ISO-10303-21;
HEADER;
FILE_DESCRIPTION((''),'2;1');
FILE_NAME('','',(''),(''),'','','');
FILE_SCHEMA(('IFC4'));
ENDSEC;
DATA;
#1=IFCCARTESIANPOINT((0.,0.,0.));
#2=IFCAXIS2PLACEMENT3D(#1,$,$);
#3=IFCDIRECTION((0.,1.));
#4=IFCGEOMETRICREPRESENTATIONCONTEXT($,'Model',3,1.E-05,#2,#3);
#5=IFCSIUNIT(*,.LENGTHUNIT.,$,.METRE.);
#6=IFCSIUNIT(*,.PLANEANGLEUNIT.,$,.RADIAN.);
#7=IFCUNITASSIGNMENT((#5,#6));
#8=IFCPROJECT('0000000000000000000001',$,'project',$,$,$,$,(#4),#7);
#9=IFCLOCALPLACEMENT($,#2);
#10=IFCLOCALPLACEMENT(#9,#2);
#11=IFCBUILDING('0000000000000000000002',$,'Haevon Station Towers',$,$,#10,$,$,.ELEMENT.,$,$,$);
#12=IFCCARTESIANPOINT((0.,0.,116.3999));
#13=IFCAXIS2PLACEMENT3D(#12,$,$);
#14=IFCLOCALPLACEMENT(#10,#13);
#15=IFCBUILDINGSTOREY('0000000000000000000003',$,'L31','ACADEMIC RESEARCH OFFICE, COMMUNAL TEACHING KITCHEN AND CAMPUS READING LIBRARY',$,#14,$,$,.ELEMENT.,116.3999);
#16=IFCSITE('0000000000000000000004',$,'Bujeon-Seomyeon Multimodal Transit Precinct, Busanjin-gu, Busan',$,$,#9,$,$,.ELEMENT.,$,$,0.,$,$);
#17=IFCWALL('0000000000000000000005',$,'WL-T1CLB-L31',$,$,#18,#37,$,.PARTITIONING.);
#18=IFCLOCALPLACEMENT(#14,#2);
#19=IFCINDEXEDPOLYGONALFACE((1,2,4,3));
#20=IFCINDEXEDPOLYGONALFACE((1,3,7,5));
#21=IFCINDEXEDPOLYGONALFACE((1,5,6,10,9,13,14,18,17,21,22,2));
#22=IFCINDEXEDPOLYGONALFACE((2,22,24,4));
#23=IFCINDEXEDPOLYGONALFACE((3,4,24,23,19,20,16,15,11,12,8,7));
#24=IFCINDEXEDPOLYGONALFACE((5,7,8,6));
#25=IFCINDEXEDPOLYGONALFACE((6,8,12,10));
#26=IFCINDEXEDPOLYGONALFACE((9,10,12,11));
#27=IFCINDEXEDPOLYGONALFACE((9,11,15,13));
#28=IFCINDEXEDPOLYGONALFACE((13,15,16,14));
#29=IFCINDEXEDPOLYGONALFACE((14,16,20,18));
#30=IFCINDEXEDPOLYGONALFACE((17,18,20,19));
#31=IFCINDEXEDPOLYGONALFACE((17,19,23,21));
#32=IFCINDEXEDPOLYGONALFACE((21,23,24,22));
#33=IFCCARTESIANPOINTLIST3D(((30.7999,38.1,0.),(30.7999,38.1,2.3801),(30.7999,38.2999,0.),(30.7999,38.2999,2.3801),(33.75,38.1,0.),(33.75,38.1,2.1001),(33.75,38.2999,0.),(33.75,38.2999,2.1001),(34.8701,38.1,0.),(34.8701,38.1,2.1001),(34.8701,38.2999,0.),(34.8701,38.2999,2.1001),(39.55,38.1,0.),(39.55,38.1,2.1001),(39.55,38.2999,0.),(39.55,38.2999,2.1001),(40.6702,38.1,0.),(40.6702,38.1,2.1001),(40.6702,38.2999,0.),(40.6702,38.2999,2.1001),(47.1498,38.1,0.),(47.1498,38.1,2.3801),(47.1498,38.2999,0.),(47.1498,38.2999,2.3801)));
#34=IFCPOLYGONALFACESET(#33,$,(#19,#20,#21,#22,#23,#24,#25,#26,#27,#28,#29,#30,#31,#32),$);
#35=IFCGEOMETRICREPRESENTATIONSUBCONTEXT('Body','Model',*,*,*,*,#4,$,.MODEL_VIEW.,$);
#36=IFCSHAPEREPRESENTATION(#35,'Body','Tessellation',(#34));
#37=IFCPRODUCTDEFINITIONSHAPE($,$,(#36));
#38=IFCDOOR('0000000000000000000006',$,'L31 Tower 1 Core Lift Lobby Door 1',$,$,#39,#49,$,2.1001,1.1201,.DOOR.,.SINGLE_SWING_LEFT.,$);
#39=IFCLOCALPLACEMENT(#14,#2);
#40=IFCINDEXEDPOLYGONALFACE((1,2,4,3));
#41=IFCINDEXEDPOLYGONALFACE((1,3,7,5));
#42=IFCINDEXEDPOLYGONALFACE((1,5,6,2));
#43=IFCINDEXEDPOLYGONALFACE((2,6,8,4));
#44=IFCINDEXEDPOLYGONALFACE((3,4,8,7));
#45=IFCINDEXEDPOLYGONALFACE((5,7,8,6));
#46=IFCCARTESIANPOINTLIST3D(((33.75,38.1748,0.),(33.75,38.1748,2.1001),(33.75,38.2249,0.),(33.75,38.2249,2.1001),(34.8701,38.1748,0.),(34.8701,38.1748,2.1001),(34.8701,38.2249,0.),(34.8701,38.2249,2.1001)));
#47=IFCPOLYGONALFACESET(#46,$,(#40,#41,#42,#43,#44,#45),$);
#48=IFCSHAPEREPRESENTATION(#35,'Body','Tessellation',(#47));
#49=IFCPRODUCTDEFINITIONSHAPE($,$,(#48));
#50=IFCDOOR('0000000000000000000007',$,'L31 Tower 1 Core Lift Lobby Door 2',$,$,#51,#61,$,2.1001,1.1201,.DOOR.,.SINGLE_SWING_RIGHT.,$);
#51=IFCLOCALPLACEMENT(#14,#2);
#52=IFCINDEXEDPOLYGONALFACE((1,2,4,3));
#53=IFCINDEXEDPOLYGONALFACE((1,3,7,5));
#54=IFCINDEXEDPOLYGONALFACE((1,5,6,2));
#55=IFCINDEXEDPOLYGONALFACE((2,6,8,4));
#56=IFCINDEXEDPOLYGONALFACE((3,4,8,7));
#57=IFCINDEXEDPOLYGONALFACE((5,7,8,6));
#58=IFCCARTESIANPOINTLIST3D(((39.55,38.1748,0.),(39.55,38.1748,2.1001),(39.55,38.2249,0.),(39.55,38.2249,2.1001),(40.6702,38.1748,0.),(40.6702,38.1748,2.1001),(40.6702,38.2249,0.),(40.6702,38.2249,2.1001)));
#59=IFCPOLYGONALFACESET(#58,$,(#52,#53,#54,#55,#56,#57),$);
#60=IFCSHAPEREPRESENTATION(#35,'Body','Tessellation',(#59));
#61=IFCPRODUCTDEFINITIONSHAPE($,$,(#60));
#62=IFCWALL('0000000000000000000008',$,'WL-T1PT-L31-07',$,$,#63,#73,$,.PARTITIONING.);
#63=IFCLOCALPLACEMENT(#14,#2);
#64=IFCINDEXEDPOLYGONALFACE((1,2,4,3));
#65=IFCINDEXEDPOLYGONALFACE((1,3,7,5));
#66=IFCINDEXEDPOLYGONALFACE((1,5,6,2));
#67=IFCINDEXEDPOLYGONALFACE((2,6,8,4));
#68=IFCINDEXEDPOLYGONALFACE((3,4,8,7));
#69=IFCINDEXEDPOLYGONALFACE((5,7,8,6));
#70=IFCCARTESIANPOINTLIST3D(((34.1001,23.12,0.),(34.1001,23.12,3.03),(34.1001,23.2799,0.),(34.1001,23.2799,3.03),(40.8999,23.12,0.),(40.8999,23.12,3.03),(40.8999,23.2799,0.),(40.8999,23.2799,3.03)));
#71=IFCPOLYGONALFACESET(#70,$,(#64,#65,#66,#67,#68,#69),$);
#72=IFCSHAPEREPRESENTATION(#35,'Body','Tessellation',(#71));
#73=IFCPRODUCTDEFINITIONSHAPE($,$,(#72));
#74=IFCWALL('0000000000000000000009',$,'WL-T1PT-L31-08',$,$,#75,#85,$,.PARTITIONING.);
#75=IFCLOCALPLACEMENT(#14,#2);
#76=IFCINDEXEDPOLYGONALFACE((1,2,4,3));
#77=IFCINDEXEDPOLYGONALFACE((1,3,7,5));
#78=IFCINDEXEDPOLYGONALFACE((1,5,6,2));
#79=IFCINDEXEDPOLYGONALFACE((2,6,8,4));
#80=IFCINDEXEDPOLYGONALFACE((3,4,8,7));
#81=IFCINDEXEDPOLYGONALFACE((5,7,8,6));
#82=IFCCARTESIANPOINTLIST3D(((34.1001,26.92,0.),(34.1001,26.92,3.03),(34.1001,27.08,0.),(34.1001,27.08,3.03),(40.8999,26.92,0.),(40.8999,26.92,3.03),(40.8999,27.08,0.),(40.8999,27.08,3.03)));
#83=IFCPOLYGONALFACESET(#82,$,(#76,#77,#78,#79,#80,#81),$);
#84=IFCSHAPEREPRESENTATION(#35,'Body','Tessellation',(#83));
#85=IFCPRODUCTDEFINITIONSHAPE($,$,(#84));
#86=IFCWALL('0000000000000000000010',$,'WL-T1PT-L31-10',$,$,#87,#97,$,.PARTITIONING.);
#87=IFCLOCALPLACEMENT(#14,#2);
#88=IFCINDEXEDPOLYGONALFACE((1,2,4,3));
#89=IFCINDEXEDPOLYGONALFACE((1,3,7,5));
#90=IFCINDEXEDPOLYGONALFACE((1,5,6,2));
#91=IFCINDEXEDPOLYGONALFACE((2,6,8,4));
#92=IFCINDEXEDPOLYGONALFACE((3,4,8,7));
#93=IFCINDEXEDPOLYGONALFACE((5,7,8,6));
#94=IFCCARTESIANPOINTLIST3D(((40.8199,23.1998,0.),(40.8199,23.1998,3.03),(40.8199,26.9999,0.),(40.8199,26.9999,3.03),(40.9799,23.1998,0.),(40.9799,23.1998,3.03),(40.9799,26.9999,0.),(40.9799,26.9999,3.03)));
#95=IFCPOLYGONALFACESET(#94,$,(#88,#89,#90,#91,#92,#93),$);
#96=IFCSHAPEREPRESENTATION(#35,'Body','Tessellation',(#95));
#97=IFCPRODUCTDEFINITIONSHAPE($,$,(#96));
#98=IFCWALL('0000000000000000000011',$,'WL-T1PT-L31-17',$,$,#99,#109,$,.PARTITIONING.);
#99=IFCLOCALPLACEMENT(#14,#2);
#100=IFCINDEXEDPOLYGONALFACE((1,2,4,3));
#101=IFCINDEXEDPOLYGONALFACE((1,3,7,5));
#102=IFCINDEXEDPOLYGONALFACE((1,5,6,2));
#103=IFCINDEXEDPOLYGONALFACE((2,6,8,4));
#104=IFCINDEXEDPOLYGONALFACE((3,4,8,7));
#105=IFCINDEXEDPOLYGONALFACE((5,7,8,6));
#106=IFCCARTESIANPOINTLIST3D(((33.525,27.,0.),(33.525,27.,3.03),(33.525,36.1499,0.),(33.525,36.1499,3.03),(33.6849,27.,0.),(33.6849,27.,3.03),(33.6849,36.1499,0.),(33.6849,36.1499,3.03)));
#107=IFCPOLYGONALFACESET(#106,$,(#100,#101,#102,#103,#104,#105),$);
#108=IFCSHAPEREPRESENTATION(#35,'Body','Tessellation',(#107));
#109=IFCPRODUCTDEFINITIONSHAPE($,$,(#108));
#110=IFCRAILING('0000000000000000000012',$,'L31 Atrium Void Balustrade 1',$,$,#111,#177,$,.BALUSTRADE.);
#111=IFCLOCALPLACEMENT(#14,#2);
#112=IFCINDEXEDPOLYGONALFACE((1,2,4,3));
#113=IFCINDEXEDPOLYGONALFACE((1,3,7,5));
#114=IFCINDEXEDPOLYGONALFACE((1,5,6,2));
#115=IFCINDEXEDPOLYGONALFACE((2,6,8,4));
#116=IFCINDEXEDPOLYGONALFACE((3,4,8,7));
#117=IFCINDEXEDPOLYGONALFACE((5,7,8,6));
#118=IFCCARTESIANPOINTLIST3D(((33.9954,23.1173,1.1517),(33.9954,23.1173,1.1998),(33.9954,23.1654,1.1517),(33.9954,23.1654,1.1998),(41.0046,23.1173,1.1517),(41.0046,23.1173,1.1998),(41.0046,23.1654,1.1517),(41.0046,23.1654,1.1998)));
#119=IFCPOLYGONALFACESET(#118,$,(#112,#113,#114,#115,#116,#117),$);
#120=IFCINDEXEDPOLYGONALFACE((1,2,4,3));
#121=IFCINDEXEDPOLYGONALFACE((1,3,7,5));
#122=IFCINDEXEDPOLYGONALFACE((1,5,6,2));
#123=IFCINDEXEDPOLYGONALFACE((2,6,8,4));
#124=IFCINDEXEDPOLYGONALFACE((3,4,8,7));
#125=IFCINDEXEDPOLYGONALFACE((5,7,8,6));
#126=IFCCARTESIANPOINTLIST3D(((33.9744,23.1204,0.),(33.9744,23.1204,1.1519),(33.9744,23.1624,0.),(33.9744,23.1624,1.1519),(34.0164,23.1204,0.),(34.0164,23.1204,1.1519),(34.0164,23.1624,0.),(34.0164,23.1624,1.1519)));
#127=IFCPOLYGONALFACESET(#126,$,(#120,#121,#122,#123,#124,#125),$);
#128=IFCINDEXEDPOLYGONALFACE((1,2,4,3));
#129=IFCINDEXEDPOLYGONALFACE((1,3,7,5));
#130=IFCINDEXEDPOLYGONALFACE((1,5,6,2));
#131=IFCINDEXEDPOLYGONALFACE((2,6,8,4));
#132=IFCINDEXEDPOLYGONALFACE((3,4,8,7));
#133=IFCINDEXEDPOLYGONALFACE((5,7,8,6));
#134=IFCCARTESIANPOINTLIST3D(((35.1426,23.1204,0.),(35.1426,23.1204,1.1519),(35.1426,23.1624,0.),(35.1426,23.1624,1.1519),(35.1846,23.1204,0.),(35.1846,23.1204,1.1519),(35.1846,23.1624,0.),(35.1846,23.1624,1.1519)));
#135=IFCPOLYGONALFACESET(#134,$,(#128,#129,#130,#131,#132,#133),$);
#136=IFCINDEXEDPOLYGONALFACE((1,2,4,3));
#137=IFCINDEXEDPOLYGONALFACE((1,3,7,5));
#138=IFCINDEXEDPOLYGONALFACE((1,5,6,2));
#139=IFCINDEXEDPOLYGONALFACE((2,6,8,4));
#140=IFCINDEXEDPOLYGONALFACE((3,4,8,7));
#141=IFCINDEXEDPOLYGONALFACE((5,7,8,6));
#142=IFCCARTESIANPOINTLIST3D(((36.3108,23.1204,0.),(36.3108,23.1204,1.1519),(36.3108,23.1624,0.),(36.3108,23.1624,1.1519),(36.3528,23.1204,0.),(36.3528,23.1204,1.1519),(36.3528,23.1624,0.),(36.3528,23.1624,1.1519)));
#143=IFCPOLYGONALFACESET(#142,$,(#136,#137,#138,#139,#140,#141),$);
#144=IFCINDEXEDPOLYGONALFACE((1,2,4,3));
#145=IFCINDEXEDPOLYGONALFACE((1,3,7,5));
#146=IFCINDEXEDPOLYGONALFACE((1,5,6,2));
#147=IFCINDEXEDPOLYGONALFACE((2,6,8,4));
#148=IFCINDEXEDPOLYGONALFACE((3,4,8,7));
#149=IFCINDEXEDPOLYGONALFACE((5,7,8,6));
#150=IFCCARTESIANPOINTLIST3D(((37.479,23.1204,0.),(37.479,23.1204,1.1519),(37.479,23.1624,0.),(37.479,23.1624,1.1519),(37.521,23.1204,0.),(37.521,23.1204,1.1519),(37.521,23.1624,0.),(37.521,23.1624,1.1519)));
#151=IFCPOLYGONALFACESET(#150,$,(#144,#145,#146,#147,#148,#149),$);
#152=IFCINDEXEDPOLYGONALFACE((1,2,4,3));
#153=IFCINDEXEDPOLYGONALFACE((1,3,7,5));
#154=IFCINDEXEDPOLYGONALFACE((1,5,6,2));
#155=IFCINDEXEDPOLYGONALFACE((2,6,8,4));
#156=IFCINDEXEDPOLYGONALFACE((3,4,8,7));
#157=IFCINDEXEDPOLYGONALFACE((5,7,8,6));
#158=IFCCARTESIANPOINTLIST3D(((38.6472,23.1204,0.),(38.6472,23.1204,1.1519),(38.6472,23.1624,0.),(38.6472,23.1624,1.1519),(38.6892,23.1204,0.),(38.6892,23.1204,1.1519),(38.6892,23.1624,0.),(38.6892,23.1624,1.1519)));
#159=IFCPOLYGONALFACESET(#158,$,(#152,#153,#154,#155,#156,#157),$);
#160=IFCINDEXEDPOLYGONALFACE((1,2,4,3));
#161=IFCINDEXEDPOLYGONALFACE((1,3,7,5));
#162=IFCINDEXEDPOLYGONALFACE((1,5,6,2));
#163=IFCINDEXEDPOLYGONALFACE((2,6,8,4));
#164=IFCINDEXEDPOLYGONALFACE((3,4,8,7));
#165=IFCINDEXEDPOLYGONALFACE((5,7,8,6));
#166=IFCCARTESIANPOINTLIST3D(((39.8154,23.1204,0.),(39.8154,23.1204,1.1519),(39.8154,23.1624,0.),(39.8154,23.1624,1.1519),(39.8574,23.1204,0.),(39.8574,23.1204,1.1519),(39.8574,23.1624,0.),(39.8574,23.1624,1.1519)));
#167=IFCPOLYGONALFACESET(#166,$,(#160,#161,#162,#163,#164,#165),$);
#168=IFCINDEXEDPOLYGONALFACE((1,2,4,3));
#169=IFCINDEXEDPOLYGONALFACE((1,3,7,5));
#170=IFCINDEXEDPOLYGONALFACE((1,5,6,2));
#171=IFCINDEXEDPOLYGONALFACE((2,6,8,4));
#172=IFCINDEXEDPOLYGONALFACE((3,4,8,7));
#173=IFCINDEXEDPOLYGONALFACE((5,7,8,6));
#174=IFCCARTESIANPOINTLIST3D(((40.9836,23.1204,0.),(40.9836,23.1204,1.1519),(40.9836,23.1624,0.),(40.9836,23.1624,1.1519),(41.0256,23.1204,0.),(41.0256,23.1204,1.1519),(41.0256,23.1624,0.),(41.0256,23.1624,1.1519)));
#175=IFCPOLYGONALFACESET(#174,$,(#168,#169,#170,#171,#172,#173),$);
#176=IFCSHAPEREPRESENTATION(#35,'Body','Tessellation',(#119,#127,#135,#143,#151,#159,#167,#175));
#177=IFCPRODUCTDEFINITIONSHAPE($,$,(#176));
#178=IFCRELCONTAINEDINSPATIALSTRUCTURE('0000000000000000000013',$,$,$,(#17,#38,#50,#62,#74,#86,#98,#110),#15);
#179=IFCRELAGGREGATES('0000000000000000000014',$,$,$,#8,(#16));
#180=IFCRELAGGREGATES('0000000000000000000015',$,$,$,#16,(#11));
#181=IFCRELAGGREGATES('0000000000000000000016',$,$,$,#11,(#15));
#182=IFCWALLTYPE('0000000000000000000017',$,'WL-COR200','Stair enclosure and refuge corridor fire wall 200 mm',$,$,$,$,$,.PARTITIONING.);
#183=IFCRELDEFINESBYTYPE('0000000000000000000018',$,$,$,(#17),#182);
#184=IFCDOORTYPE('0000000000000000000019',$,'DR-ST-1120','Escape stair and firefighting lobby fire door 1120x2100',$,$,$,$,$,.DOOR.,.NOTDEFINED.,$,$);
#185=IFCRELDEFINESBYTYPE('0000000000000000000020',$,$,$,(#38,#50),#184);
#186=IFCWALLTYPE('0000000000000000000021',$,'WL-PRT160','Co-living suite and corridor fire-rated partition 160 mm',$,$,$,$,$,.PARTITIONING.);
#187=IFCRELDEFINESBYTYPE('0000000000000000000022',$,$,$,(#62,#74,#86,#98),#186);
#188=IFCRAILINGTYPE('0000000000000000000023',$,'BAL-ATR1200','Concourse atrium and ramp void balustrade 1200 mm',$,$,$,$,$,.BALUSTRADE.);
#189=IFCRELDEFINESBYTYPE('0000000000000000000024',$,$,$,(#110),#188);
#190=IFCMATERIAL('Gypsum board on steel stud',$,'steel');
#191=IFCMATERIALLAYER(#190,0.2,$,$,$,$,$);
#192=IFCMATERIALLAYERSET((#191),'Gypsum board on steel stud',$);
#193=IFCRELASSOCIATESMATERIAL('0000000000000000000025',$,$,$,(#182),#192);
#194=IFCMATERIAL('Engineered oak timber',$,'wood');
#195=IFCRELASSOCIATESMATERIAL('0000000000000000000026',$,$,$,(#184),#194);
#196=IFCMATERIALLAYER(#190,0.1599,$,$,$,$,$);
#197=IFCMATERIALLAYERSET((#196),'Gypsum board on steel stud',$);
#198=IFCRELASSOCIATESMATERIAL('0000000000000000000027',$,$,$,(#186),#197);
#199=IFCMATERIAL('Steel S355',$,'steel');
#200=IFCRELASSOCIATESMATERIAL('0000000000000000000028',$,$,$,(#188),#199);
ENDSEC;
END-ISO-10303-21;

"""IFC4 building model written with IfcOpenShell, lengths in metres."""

from ifc_helpers import new_model, si_unit, direction, frame, frame_2d, origin, origin_2d, place, context, subcontext, project, spatial, rectangle, extrude, material, layer, layer_set, type_object, element, fill, save


model = new_model("IFC4")

# Units and contexts
model_context = context("Model", 3, precision=1e-05, world=origin(), true_north=direction((0.0, 1.0)))
body_context = subcontext(model_context, "Body", "Model", "MODEL_VIEW")
ifc_project = project(units=[si_unit("LENGTHUNIT", "METRE"), si_unit("PLANEANGLEUNIT", "RADIAN")], contexts=[model_context])

# Site, building, storey
site_placement = place(None, origin())
site = spatial("IfcSite", under=ifc_project, at=site_placement, Name="Bujeon-Seomyeon Multimodal Transit Precinct, Busanjin-gu, Busan", CompositionType="ELEMENT", RefElevation=0.0)
building_placement = place(site_placement, origin())
building = spatial("IfcBuilding", under=site, at=building_placement, Name="Haevon Station Towers", CompositionType="ELEMENT")
storey_placement = place(building_placement, frame((0.0, 0.0, 116.3999)))
storey = spatial("IfcBuildingStorey", under=building, at=storey_placement, Name="L31", Description="ACADEMIC RESEARCH OFFICE, COMMUNAL TEACHING KITCHEN AND CAMPUS READING LIBRARY", CompositionType="ELEMENT", Elevation=116.3999)

# Shared definitions
ifc_material_1 = material(Name="Steel S355", Category="steel")

# Shared definitions
ifc_material_2 = material(Name="Gypsum board on steel stud", Category="steel")

# Shared definitions
ifc_layer_1 = layer(ifc_material_2, 0.2)
ifc_layer_set_1 = layer_set([ifc_layer_1], Name="Gypsum board on steel stud")
wall_type_1 = type_object("IfcWallType", Name="WL-COR200", Description="Stair enclosure and refuge corridor fire wall 200 mm", PredefinedType="PARTITIONING", material=ifc_layer_set_1)
ifc_material_3 = material(Name="Engineered oak timber", Category="wood")

# Wall, openings, doors
wall_1_placement = place(storey_placement, frame((30.8, 38.2, 0.0), z_axis=(0.0, 0.0, 1.0), x_axis=(1.0, 0.0, 0.0)))
wall_1 = element("IfcWall", 1, at=wall_1_placement, inside=storey, type_object=wall_type_1, Name="WL-T1CLB-L31", PredefinedType="PARTITIONING", context=body_context, shape_type="SweptSolid", body=[
    extrude(rectangle(XDim=16.3499, YDim=0.2, at=frame_2d((8.1748, 0.0))), origin(), (0.0, 0.0, 1.0), 2.3801),
])
opening_1_placement = place(wall_1_placement, frame((2.95, 0.0, 0.0)))
opening_1 = element("IfcOpeningElement", 2, at=opening_1_placement, cuts=wall_1, PredefinedType="OPENING", context=body_context, shape_type="SweptSolid", body=[
    extrude(rectangle(XDim=1.1201, YDim=2.1001, at=frame_2d((0.5601, 1.05))), frame((0.0, 0.1099, 0.0), z_axis=(0.0, -1.0, 0.0), x_axis=(1.0, 0.0, 0.0)), (0.0, 0.0, 1.0), 0.22),
])
opening_2_placement = place(wall_1_placement, frame((8.75, 0.0, 0.0)))
opening_2 = element("IfcOpeningElement", 3, at=opening_2_placement, cuts=wall_1, PredefinedType="OPENING", context=body_context, shape_type="SweptSolid", body=[
    extrude(rectangle(XDim=1.1201, YDim=2.1001, at=frame_2d((0.5601, 1.05))), frame((0.0, 0.1099, 0.0), z_axis=(0.0, -1.0, 0.0), x_axis=(1.0, 0.0, 0.0)), (0.0, 0.0, 1.0), 0.22),
])
door_type_1 = type_object("IfcDoorType", Name="DR-ST-1120", Description="Escape stair and firefighting lobby fire door 1120x2100", OperationType="NOTDEFINED", PredefinedType="DOOR", material=ifc_material_3)
door_1_placement = place(opening_1_placement, origin())
door_1 = element("IfcDoor", 4, at=door_1_placement, inside=storey, type_object=door_type_1, Name="L31 Tower 1 Core Lift Lobby Door 1", OperationType="SINGLE_SWING_LEFT", OverallHeight=2.1001, OverallWidth=1.1201, PredefinedType="DOOR", context=body_context, shape_type="SweptSolid", body=[
    extrude(rectangle(XDim=1.1201, YDim=2.1001, at=frame_2d((0.5601, 1.05))), frame((0.0, 0.0249, 0.0), z_axis=(0.0, -1.0, 0.0), x_axis=(1.0, 0.0, 0.0)), (0.0, 0.0, 1.0), 0.05),
])
fill(opening_1, door_1)
door_2_placement = place(opening_2_placement, origin())
door_2 = element("IfcDoor", 5, at=door_2_placement, inside=storey, type_object=door_type_1, Name="L31 Tower 1 Core Lift Lobby Door 2", OperationType="SINGLE_SWING_RIGHT", OverallHeight=2.1001, OverallWidth=1.1201, PredefinedType="DOOR", context=body_context, shape_type="SweptSolid", body=[
    extrude(rectangle(XDim=1.1201, YDim=2.1001, at=frame_2d((0.5601, 1.05))), frame((0.0, 0.0249, 0.0), z_axis=(0.0, -1.0, 0.0), x_axis=(1.0, 0.0, 0.0)), (0.0, 0.0, 1.0), 0.05),
])
fill(opening_2, door_2)

# Walls
ifc_layer_2 = layer(ifc_material_2, 0.1599)
ifc_layer_set_2 = layer_set([ifc_layer_2], Name="Gypsum board on steel stud")
wall_type_2 = type_object("IfcWallType", Name="WL-PRT160", Description="Co-living suite and corridor fire-rated partition 160 mm", PredefinedType="PARTITIONING", material=ifc_layer_set_2)
for number, where, z_axis, x_axis, name in (
    (6, (34.1001, 23.2, 0.0), (0.0, 0.0, 1.0), (1.0, 0.0, 0.0), "WL-T1PT-L31-07"),
    (7, (34.1001, 27.0, 0.0), (0.0, 0.0, 1.0), (1.0, 0.0, 0.0), "WL-T1PT-L31-08"),
):
    element("IfcWall", number, at=place(storey_placement, frame(where, z_axis=z_axis, x_axis=x_axis)), inside=storey, type_object=wall_type_2, Name=name, PredefinedType="PARTITIONING", context=body_context, shape_type="SweptSolid", body=[
        extrude(rectangle(XDim=6.7998, YDim=0.1599, at=frame_2d((3.3999, 0.0))), origin(), (0.0, 0.0, 1.0), 3.03),
    ])
wall_2_placement = place(storey_placement, frame((40.8999, 23.2, 0.0), z_axis=(0.0, 0.0, 1.0), x_axis=(0.0, 1.0, 0.0)))
element("IfcWall", 8, at=wall_2_placement, inside=storey, type_object=wall_type_2, Name="WL-T1PT-L31-10", PredefinedType="PARTITIONING", context=body_context, shape_type="SweptSolid", body=[
    extrude(rectangle(XDim=3.8, YDim=0.1599, at=frame_2d((1.8999, 0.0))), origin(), (0.0, 0.0, 1.0), 3.03),
])
wall_3_placement = place(storey_placement, frame((33.605, 27.0, 0.0), z_axis=(0.0, 0.0, 1.0), x_axis=(0.0, 1.0, 0.0)))
element("IfcWall", 9, at=wall_3_placement, inside=storey, type_object=wall_type_2, Name="WL-T1PT-L31-17", PredefinedType="PARTITIONING", context=body_context, shape_type="SweptSolid", body=[
    extrude(rectangle(XDim=9.1499, YDim=0.1599, at=frame_2d((4.575, 0.0))), origin(), (0.0, 0.0, 1.0), 3.03),
])

# Railing
railing_type = type_object("IfcRailingType", Name="BAL-ATR1200", Description="Concourse atrium and ramp void balustrade 1200 mm", PredefinedType="BALUSTRADE", material=ifc_material_1)
railing_1_placement = place(storey_placement, frame((33.9954, 23.1414, 0.0)))
element("IfcRailing", 10, at=railing_1_placement, inside=storey, type_object=railing_type, Name="L31 Atrium Void Balustrade 1", PredefinedType="BALUSTRADE", context=body_context, shape_type="SweptSolid", body=[
    extrude(rectangle(XDim=0.0481, YDim=0.0481, at=origin_2d()), frame((0.0, 0.0, 1.1758), z_axis=(1.0, 0.0, 0.0), x_axis=(0.0, 1.0, 0.0)), (0.0, 0.0, 1.0), 7.0093),
    extrude(rectangle(XDim=0.042, YDim=0.042, at=origin_2d()), origin(), (0.0, 0.0, 1.0), 1.1519),
    extrude(rectangle(XDim=0.042, YDim=0.042, at=origin_2d()), frame((1.1682, 0.0, 0.0)), (0.0, 0.0, 1.0), 1.1519),
    extrude(rectangle(XDim=0.042, YDim=0.042, at=origin_2d()), frame((2.3364, 0.0, 0.0)), (0.0, 0.0, 1.0), 1.1519),
    extrude(rectangle(XDim=0.042, YDim=0.042, at=origin_2d()), frame((3.5046, 0.0, 0.0)), (0.0, 0.0, 1.0), 1.1519),
    extrude(rectangle(XDim=0.042, YDim=0.042, at=origin_2d()), frame((4.6729, 0.0, 0.0)), (0.0, 0.0, 1.0), 1.1519),
    extrude(rectangle(XDim=0.042, YDim=0.042, at=origin_2d()), frame((5.8411, 0.0, 0.0)), (0.0, 0.0, 1.0), 1.1519),
    extrude(rectangle(XDim=0.042, YDim=0.042, at=origin_2d()), frame((7.0093, 0.0, 0.0)), (0.0, 0.0, 1.0), 1.1519),
])

save(model, "model.ifc")
